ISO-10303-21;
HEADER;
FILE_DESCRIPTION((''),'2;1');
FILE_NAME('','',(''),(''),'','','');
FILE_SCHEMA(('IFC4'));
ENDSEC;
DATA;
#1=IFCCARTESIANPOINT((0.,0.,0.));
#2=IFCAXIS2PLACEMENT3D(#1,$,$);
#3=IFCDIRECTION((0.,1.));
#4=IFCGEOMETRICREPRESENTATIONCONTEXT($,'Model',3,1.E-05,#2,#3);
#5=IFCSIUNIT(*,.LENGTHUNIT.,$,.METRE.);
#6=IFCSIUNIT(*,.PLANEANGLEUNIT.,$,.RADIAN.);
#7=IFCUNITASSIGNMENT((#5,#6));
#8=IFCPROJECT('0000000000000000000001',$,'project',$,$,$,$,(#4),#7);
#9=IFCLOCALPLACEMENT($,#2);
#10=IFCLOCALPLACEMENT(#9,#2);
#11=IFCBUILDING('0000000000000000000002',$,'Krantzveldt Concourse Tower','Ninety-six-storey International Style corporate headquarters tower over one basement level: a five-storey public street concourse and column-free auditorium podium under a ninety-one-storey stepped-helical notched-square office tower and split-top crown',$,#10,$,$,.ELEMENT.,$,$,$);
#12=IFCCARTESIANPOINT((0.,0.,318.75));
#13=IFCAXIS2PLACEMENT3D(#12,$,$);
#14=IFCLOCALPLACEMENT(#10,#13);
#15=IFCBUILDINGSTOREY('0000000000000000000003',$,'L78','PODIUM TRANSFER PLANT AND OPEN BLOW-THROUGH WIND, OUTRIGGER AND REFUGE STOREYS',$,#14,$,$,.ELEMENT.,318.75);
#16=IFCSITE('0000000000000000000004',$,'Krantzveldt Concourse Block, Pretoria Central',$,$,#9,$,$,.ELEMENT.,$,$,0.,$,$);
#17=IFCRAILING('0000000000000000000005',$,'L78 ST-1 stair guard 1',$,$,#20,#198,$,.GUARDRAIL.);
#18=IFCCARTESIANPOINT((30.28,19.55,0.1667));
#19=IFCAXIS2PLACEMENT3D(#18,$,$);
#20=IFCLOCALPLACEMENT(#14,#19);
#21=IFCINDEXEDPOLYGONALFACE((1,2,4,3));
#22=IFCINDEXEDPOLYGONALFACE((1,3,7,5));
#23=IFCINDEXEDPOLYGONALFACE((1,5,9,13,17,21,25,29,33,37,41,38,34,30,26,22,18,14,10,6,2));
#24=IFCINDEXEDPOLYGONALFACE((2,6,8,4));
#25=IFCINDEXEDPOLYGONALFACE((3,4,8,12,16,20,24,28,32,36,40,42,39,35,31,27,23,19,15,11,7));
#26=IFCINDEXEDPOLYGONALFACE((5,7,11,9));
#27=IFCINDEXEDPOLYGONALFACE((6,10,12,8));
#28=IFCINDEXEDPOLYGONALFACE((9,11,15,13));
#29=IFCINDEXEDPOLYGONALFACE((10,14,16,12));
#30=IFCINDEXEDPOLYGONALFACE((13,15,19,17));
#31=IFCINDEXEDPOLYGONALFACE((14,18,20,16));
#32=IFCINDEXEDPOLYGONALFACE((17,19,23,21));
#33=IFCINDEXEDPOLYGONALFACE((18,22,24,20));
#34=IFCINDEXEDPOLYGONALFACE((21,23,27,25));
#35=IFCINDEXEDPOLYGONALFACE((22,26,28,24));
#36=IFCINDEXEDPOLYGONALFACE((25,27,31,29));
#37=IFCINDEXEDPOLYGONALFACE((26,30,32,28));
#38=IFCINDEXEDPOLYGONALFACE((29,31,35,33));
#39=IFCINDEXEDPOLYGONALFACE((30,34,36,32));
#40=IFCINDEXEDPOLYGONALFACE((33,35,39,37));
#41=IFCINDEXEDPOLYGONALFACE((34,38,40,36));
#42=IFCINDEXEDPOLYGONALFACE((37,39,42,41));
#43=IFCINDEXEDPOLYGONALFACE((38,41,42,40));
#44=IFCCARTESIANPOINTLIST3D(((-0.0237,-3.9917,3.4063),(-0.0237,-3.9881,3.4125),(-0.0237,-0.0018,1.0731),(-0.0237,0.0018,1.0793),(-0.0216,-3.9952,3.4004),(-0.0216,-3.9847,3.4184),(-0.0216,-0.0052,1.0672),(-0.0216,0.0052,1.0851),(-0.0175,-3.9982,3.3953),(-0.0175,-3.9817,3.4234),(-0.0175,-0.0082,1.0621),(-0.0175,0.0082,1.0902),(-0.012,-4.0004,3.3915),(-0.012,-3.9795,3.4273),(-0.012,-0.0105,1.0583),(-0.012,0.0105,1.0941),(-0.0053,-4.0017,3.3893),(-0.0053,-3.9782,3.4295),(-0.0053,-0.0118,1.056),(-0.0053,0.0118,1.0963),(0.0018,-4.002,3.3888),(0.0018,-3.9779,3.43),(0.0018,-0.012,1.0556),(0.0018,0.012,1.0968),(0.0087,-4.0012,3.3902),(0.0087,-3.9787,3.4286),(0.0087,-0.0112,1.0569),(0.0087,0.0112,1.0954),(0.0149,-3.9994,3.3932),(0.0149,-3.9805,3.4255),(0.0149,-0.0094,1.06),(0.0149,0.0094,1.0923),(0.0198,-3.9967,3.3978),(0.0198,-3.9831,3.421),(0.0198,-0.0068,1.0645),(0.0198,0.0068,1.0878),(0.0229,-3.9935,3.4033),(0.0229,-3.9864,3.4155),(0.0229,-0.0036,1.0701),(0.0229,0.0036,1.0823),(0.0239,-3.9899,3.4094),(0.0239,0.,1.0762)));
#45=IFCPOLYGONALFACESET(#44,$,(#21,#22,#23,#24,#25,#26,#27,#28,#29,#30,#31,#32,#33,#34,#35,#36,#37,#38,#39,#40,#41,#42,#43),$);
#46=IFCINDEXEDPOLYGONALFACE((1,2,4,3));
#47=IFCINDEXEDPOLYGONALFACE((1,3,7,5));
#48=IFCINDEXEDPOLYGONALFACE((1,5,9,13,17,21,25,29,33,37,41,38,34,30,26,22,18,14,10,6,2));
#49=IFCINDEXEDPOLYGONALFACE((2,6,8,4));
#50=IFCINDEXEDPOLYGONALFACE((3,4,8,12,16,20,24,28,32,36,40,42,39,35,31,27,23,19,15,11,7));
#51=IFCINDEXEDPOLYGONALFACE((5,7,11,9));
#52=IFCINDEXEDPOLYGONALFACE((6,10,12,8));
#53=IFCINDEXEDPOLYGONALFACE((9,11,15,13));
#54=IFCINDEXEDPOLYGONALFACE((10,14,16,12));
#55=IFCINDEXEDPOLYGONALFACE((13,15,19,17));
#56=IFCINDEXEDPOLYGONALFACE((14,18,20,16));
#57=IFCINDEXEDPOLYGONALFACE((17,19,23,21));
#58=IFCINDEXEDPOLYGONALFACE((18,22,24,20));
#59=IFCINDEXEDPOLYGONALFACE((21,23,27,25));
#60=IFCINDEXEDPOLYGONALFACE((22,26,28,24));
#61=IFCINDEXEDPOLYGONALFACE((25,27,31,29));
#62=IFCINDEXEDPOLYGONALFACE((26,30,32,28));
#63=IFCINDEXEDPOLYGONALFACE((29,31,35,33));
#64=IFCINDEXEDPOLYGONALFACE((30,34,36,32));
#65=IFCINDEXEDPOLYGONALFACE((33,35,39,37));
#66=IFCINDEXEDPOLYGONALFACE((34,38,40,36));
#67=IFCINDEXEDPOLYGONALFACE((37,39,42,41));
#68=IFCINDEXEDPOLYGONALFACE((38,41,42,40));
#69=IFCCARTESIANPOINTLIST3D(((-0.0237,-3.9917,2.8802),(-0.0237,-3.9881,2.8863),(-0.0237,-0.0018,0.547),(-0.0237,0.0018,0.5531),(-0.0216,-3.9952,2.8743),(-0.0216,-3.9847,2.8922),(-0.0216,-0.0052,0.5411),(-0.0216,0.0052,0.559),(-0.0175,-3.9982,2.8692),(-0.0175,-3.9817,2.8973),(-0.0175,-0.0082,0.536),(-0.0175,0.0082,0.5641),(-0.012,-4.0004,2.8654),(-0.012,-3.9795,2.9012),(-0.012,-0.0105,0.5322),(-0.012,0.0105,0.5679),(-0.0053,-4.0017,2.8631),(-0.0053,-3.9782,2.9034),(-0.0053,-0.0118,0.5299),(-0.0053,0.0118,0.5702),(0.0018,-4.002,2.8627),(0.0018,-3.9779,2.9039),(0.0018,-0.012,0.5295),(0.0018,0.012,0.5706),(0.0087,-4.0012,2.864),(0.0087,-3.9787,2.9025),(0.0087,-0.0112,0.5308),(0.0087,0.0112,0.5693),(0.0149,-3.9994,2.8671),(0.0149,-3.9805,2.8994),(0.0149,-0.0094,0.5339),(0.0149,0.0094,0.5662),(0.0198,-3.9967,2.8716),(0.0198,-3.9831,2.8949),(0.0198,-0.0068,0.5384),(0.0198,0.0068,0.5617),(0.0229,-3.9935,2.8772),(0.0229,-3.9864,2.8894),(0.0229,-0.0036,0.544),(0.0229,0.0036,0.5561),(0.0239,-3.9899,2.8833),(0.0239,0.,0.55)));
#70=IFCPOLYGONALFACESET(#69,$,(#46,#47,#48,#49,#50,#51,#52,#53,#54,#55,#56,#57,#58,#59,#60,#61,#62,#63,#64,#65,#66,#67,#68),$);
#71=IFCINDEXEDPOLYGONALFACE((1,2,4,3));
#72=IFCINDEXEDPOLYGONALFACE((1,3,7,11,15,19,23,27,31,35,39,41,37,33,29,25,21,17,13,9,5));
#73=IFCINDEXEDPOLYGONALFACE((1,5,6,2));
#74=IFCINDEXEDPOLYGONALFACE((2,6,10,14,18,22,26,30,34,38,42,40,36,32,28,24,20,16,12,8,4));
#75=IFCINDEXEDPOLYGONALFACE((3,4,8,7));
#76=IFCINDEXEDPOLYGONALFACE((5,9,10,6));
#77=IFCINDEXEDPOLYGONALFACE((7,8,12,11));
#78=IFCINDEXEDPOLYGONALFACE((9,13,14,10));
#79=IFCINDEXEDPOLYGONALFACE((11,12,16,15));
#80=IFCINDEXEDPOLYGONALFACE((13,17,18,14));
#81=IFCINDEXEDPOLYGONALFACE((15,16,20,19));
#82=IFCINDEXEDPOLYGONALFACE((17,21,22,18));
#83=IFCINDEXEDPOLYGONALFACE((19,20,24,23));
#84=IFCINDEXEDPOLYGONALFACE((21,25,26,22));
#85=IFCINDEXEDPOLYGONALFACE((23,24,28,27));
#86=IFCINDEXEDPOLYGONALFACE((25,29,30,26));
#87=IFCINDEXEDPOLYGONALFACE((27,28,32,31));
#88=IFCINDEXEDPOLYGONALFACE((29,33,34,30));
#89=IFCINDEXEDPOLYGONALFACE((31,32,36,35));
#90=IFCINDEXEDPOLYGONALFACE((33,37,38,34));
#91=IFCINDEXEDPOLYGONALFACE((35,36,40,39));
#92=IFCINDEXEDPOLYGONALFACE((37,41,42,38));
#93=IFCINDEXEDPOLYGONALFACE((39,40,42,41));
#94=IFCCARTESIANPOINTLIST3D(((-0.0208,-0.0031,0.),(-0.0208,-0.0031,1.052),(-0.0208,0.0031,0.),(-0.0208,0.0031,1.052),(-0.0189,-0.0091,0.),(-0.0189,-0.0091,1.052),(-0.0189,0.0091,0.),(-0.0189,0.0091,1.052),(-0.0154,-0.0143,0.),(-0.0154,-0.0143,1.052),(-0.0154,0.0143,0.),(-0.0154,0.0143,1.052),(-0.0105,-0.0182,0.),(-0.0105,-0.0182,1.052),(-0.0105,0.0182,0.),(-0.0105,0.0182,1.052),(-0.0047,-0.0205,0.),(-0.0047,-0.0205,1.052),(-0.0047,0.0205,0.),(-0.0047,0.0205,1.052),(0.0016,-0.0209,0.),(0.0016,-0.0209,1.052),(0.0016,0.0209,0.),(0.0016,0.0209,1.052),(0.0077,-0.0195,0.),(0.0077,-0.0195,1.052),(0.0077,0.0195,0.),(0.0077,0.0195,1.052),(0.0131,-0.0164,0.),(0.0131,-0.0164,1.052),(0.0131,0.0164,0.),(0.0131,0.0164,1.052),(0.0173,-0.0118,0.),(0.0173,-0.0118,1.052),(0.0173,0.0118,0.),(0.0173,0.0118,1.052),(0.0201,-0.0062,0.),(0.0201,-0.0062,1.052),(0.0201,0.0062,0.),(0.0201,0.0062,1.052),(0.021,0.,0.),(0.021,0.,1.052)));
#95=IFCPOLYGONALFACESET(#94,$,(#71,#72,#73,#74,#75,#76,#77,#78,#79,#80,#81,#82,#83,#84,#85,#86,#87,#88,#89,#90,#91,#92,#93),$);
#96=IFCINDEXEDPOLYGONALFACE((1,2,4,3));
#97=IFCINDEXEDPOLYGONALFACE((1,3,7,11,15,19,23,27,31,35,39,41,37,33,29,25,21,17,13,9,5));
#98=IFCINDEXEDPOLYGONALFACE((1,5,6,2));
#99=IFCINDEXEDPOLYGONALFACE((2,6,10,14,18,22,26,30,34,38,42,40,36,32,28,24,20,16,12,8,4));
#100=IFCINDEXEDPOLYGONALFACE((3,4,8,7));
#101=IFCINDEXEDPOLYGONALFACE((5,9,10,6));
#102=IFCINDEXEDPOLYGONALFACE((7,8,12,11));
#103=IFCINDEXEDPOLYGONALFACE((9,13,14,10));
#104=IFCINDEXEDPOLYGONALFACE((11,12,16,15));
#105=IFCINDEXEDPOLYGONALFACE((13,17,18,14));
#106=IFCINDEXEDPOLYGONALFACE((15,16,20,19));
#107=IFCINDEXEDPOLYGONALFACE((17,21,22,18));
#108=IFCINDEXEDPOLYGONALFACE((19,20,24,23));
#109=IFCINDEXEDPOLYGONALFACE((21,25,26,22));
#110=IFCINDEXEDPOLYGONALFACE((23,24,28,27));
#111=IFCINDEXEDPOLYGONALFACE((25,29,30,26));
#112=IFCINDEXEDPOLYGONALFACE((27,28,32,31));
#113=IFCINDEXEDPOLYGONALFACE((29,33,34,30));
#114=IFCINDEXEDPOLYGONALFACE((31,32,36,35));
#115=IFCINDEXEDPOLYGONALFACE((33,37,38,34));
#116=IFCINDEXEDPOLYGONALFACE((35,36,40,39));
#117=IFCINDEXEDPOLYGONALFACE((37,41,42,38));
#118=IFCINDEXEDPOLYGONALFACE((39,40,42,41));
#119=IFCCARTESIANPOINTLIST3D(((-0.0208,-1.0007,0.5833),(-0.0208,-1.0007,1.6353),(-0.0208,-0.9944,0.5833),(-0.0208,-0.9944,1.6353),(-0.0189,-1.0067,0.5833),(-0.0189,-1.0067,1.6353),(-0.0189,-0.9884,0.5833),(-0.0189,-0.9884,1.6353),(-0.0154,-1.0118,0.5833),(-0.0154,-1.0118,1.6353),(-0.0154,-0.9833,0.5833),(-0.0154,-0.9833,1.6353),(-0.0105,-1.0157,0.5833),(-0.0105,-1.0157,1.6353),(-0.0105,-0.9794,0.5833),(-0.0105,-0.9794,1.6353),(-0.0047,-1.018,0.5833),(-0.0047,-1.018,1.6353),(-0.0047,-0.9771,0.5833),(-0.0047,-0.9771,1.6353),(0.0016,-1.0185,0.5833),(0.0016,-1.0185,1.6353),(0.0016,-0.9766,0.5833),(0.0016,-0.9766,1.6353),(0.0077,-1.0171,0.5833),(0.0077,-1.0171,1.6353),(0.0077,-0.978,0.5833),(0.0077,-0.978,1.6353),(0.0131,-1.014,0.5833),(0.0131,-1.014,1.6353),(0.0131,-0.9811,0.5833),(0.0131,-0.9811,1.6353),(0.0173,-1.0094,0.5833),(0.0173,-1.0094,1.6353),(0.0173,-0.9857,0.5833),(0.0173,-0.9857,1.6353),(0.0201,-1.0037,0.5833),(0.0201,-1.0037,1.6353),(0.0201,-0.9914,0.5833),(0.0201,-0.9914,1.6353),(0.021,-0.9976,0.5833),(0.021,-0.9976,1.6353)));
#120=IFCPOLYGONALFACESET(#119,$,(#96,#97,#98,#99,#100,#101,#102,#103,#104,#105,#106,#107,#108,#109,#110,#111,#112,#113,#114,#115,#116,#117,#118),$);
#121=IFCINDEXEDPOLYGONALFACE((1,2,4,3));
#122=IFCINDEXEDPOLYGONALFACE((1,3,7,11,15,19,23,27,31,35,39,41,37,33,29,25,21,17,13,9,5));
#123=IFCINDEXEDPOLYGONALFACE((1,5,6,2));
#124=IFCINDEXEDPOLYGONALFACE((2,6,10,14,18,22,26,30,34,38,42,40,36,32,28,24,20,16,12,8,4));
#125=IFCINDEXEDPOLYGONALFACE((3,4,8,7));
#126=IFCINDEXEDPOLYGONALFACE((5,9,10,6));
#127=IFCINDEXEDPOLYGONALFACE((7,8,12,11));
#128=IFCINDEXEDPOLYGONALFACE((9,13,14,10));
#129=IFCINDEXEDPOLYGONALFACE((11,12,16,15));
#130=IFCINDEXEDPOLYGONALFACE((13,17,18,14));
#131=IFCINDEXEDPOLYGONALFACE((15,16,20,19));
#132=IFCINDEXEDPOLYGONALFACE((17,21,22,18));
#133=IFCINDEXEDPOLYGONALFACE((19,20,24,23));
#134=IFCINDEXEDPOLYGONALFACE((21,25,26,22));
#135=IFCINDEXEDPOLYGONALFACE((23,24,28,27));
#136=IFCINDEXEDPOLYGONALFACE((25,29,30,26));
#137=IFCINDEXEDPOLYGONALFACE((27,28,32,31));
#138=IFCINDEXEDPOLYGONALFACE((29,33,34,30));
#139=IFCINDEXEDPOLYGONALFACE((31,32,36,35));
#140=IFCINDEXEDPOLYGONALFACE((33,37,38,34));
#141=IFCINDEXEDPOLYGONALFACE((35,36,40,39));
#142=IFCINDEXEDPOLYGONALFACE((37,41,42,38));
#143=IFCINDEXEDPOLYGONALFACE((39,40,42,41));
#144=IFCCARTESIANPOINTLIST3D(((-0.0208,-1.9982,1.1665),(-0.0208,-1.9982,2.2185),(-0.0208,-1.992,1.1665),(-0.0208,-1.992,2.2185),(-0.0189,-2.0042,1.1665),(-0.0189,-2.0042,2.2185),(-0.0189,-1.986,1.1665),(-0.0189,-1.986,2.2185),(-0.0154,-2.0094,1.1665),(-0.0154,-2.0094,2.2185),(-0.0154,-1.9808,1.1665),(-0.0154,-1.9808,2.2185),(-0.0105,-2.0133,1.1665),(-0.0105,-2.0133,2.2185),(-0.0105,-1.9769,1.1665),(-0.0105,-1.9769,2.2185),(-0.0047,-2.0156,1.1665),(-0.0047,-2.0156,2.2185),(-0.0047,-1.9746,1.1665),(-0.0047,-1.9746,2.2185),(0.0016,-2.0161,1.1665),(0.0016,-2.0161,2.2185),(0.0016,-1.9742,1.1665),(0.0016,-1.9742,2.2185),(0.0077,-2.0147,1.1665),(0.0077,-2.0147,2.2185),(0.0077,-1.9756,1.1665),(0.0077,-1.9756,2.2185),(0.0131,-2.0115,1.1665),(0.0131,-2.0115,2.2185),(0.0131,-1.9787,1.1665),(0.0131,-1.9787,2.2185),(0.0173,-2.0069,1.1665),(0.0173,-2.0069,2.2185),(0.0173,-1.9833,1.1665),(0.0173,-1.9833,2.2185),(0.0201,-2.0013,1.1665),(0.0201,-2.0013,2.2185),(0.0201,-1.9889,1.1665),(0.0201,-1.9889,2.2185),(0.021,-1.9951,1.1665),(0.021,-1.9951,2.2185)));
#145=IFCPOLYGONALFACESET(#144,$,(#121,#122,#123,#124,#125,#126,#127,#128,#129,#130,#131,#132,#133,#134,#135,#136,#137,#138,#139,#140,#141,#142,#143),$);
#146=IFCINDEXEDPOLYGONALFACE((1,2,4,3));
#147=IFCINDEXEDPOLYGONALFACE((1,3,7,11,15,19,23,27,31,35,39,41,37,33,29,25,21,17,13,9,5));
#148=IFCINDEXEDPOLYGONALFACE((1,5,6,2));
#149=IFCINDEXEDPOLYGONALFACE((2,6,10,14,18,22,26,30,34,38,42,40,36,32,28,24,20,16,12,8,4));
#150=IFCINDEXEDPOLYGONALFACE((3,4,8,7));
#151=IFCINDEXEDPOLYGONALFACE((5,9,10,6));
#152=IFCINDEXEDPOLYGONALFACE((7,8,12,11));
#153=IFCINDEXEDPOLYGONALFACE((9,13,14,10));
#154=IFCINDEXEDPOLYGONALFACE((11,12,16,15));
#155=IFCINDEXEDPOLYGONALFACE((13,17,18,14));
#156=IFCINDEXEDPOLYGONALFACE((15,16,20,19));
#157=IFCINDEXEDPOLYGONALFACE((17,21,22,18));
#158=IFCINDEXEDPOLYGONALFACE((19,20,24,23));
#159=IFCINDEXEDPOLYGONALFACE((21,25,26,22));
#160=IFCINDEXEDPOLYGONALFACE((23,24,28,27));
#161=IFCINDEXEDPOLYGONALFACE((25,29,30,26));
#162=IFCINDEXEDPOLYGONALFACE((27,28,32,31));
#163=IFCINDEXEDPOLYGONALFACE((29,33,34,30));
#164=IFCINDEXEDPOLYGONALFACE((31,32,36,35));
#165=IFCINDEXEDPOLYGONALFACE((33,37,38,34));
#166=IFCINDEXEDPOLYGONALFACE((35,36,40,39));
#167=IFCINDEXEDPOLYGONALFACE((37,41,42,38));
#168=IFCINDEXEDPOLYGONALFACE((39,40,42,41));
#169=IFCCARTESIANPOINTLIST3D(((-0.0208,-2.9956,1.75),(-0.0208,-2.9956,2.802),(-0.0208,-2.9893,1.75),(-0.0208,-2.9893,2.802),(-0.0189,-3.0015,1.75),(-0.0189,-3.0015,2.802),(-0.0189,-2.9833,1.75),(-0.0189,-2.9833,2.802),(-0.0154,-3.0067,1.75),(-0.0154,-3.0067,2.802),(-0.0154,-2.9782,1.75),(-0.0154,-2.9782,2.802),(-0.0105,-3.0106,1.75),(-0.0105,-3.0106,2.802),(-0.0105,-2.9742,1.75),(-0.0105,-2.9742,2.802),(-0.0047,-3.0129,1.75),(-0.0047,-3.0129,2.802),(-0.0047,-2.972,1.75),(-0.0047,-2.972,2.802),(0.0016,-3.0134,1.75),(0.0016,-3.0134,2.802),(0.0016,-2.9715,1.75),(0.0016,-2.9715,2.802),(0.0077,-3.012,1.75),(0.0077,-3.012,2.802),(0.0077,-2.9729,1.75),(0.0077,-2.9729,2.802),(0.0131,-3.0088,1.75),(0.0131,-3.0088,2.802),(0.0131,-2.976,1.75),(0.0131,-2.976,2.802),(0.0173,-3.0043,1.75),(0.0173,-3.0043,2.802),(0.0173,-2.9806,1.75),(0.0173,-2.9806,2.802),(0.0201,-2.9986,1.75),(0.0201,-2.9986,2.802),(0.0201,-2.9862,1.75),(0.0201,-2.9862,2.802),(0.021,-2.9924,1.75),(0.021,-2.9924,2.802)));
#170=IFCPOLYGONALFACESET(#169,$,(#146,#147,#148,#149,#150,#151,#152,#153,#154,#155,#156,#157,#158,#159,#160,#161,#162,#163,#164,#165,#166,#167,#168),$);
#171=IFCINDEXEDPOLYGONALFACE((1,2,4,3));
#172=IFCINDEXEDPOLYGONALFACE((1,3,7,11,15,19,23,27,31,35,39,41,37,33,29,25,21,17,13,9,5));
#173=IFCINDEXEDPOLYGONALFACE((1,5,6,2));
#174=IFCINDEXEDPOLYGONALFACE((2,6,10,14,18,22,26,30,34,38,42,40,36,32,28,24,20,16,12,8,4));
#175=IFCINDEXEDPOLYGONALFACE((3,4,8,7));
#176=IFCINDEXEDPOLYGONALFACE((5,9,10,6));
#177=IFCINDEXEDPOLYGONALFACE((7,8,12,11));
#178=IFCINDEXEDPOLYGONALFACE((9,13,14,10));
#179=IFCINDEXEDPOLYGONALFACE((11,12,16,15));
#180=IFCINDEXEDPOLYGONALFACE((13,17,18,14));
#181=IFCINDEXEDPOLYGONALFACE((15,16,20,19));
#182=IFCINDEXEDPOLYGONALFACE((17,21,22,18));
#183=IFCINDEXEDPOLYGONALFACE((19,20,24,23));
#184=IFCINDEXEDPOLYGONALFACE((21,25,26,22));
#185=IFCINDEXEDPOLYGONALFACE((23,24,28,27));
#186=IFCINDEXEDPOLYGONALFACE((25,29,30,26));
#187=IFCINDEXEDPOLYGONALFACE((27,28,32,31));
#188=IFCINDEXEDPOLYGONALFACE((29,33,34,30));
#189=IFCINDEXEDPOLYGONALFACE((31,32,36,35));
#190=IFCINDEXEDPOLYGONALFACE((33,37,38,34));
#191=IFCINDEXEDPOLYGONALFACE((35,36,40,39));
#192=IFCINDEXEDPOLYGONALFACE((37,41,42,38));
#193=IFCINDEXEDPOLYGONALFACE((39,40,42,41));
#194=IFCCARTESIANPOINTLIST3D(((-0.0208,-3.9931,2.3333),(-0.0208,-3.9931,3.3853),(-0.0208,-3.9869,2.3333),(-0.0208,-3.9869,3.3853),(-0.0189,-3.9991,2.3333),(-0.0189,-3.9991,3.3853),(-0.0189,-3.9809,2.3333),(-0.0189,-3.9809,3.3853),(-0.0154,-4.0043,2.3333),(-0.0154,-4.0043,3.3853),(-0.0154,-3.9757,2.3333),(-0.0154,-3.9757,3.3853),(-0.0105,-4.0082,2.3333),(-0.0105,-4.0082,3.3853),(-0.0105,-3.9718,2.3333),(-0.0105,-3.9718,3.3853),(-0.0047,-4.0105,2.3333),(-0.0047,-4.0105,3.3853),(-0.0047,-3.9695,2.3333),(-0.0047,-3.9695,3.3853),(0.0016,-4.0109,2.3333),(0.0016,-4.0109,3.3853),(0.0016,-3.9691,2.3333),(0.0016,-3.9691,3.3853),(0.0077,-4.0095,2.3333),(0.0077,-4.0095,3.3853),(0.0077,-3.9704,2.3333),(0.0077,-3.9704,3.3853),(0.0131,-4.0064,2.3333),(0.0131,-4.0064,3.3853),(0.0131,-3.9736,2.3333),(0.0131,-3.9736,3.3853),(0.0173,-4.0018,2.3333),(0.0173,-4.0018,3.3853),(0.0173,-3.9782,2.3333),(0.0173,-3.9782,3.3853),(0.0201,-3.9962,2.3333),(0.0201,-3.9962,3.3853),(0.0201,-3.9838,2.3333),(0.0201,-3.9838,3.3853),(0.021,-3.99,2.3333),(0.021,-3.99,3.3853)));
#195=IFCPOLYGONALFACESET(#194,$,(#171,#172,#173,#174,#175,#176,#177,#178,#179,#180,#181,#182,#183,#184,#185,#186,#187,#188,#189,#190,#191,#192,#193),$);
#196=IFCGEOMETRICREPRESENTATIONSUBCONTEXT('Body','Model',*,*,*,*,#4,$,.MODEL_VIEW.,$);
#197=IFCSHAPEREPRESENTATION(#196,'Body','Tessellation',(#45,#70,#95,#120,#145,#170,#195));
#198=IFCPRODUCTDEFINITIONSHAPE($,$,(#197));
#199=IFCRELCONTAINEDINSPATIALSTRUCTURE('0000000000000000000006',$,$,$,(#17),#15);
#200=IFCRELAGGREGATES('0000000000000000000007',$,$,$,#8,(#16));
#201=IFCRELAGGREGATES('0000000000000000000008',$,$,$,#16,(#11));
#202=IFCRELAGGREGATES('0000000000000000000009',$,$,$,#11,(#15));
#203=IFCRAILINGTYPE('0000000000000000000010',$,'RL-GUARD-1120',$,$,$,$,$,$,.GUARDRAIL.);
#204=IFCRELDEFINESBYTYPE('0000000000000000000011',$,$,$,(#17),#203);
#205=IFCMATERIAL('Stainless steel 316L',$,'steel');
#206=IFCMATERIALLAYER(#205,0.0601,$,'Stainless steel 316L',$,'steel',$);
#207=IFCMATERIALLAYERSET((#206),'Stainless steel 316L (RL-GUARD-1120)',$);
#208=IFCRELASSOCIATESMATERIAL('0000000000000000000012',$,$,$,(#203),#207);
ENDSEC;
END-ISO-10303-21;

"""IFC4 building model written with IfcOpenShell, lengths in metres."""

from ifc_helpers import new_model, si_unit, direction, frame, origin, origin_2d, place, context, subcontext, project, spatial, circle, extrude, material, layer, layer_set, type_object, element, save


model = new_model("IFC4")

# Units and contexts
model_context = context("Model", 3, precision=1e-05, world=origin(), true_north=direction((0.0, 1.0)))
body_context = subcontext(model_context, "Body", "Model", "MODEL_VIEW")
ifc_project = project(units=[si_unit("LENGTHUNIT", "METRE"), si_unit("PLANEANGLEUNIT", "RADIAN")], contexts=[model_context])

# Site, building, storey
site_placement = place(None, origin())
site = spatial("IfcSite", under=ifc_project, at=site_placement, Name="Krantzveldt Concourse Block, Pretoria Central", CompositionType="ELEMENT", RefElevation=0.0)
building_placement = place(site_placement, origin())
building = spatial("IfcBuilding", under=site, at=building_placement, Name="Krantzveldt Concourse Tower", Description="Ninety-six-storey International Style corporate headquarters tower over one basement level: a five-storey public street concourse and column-free auditorium podium under a ninety-one-storey stepped-helical notched-square office tower and split-top crown", CompositionType="ELEMENT")
storey_placement = place(building_placement, frame((0.0, 0.0, 318.75)))
storey = spatial("IfcBuildingStorey", under=building, at=storey_placement, Name="L78", Description="PODIUM TRANSFER PLANT AND OPEN BLOW-THROUGH WIND, OUTRIGGER AND REFUGE STOREYS", CompositionType="ELEMENT", Elevation=318.75)

# Railing
ifc_material_1 = material(Name="Stainless steel 316L", Category="steel")
ifc_layer_1 = layer(ifc_material_1, 0.0601, Name="Stainless steel 316L", Category="steel")
ifc_layer_set_1 = layer_set([ifc_layer_1], Name="Stainless steel 316L (RL-GUARD-1120)")
railing_type_1 = type_object("IfcRailingType", Name="RL-GUARD-1120", PredefinedType="GUARDRAIL", material=ifc_layer_set_1)
railing_1_placement = place(storey_placement, frame((30.28, 19.55, 0.1667)))
element("IfcRailing", 1, at=railing_1_placement, inside=storey, type_object=railing_type_1, Name="L78 ST-1 stair guard 1", PredefinedType="GUARDRAIL", context=body_context, shape_type="SweptSolid", body=[
    extrude(circle(Radius=0.0239, at=origin_2d()), frame((0.0, 0.0, 1.0762), z_axis=(0.0, -0.863236, 0.5048), x_axis=(1.0, 0.0, 0.0)), (0.0, 0.0, 1.0), 4.6221),
    extrude(circle(Radius=0.0239, at=origin_2d()), frame((0.0, 0.0, 0.55), z_axis=(0.0, -0.863236, 0.5048), x_axis=(1.0, 0.0, 0.0)), (0.0, 0.0, 1.0), 4.6221),
    extrude(circle(Radius=0.021, at=origin_2d()), origin(), (0.0, 0.0, 1.0), 1.052),
    extrude(circle(Radius=0.021, at=origin_2d()), frame((0.0, -0.9976, 0.5833)), (0.0, 0.0, 1.0), 1.052),
    extrude(circle(Radius=0.021, at=origin_2d()), frame((0.0, -1.9951, 1.1665)), (0.0, 0.0, 1.0), 1.052),
    extrude(circle(Radius=0.021, at=origin_2d()), frame((0.0, -2.9924, 1.75)), (0.0, 0.0, 1.0), 1.052),
    extrude(circle(Radius=0.021, at=origin_2d()), frame((0.0, -3.99, 2.3333)), (0.0, 0.0, 1.0), 1.052),
])

save(model, "model.ifc")
